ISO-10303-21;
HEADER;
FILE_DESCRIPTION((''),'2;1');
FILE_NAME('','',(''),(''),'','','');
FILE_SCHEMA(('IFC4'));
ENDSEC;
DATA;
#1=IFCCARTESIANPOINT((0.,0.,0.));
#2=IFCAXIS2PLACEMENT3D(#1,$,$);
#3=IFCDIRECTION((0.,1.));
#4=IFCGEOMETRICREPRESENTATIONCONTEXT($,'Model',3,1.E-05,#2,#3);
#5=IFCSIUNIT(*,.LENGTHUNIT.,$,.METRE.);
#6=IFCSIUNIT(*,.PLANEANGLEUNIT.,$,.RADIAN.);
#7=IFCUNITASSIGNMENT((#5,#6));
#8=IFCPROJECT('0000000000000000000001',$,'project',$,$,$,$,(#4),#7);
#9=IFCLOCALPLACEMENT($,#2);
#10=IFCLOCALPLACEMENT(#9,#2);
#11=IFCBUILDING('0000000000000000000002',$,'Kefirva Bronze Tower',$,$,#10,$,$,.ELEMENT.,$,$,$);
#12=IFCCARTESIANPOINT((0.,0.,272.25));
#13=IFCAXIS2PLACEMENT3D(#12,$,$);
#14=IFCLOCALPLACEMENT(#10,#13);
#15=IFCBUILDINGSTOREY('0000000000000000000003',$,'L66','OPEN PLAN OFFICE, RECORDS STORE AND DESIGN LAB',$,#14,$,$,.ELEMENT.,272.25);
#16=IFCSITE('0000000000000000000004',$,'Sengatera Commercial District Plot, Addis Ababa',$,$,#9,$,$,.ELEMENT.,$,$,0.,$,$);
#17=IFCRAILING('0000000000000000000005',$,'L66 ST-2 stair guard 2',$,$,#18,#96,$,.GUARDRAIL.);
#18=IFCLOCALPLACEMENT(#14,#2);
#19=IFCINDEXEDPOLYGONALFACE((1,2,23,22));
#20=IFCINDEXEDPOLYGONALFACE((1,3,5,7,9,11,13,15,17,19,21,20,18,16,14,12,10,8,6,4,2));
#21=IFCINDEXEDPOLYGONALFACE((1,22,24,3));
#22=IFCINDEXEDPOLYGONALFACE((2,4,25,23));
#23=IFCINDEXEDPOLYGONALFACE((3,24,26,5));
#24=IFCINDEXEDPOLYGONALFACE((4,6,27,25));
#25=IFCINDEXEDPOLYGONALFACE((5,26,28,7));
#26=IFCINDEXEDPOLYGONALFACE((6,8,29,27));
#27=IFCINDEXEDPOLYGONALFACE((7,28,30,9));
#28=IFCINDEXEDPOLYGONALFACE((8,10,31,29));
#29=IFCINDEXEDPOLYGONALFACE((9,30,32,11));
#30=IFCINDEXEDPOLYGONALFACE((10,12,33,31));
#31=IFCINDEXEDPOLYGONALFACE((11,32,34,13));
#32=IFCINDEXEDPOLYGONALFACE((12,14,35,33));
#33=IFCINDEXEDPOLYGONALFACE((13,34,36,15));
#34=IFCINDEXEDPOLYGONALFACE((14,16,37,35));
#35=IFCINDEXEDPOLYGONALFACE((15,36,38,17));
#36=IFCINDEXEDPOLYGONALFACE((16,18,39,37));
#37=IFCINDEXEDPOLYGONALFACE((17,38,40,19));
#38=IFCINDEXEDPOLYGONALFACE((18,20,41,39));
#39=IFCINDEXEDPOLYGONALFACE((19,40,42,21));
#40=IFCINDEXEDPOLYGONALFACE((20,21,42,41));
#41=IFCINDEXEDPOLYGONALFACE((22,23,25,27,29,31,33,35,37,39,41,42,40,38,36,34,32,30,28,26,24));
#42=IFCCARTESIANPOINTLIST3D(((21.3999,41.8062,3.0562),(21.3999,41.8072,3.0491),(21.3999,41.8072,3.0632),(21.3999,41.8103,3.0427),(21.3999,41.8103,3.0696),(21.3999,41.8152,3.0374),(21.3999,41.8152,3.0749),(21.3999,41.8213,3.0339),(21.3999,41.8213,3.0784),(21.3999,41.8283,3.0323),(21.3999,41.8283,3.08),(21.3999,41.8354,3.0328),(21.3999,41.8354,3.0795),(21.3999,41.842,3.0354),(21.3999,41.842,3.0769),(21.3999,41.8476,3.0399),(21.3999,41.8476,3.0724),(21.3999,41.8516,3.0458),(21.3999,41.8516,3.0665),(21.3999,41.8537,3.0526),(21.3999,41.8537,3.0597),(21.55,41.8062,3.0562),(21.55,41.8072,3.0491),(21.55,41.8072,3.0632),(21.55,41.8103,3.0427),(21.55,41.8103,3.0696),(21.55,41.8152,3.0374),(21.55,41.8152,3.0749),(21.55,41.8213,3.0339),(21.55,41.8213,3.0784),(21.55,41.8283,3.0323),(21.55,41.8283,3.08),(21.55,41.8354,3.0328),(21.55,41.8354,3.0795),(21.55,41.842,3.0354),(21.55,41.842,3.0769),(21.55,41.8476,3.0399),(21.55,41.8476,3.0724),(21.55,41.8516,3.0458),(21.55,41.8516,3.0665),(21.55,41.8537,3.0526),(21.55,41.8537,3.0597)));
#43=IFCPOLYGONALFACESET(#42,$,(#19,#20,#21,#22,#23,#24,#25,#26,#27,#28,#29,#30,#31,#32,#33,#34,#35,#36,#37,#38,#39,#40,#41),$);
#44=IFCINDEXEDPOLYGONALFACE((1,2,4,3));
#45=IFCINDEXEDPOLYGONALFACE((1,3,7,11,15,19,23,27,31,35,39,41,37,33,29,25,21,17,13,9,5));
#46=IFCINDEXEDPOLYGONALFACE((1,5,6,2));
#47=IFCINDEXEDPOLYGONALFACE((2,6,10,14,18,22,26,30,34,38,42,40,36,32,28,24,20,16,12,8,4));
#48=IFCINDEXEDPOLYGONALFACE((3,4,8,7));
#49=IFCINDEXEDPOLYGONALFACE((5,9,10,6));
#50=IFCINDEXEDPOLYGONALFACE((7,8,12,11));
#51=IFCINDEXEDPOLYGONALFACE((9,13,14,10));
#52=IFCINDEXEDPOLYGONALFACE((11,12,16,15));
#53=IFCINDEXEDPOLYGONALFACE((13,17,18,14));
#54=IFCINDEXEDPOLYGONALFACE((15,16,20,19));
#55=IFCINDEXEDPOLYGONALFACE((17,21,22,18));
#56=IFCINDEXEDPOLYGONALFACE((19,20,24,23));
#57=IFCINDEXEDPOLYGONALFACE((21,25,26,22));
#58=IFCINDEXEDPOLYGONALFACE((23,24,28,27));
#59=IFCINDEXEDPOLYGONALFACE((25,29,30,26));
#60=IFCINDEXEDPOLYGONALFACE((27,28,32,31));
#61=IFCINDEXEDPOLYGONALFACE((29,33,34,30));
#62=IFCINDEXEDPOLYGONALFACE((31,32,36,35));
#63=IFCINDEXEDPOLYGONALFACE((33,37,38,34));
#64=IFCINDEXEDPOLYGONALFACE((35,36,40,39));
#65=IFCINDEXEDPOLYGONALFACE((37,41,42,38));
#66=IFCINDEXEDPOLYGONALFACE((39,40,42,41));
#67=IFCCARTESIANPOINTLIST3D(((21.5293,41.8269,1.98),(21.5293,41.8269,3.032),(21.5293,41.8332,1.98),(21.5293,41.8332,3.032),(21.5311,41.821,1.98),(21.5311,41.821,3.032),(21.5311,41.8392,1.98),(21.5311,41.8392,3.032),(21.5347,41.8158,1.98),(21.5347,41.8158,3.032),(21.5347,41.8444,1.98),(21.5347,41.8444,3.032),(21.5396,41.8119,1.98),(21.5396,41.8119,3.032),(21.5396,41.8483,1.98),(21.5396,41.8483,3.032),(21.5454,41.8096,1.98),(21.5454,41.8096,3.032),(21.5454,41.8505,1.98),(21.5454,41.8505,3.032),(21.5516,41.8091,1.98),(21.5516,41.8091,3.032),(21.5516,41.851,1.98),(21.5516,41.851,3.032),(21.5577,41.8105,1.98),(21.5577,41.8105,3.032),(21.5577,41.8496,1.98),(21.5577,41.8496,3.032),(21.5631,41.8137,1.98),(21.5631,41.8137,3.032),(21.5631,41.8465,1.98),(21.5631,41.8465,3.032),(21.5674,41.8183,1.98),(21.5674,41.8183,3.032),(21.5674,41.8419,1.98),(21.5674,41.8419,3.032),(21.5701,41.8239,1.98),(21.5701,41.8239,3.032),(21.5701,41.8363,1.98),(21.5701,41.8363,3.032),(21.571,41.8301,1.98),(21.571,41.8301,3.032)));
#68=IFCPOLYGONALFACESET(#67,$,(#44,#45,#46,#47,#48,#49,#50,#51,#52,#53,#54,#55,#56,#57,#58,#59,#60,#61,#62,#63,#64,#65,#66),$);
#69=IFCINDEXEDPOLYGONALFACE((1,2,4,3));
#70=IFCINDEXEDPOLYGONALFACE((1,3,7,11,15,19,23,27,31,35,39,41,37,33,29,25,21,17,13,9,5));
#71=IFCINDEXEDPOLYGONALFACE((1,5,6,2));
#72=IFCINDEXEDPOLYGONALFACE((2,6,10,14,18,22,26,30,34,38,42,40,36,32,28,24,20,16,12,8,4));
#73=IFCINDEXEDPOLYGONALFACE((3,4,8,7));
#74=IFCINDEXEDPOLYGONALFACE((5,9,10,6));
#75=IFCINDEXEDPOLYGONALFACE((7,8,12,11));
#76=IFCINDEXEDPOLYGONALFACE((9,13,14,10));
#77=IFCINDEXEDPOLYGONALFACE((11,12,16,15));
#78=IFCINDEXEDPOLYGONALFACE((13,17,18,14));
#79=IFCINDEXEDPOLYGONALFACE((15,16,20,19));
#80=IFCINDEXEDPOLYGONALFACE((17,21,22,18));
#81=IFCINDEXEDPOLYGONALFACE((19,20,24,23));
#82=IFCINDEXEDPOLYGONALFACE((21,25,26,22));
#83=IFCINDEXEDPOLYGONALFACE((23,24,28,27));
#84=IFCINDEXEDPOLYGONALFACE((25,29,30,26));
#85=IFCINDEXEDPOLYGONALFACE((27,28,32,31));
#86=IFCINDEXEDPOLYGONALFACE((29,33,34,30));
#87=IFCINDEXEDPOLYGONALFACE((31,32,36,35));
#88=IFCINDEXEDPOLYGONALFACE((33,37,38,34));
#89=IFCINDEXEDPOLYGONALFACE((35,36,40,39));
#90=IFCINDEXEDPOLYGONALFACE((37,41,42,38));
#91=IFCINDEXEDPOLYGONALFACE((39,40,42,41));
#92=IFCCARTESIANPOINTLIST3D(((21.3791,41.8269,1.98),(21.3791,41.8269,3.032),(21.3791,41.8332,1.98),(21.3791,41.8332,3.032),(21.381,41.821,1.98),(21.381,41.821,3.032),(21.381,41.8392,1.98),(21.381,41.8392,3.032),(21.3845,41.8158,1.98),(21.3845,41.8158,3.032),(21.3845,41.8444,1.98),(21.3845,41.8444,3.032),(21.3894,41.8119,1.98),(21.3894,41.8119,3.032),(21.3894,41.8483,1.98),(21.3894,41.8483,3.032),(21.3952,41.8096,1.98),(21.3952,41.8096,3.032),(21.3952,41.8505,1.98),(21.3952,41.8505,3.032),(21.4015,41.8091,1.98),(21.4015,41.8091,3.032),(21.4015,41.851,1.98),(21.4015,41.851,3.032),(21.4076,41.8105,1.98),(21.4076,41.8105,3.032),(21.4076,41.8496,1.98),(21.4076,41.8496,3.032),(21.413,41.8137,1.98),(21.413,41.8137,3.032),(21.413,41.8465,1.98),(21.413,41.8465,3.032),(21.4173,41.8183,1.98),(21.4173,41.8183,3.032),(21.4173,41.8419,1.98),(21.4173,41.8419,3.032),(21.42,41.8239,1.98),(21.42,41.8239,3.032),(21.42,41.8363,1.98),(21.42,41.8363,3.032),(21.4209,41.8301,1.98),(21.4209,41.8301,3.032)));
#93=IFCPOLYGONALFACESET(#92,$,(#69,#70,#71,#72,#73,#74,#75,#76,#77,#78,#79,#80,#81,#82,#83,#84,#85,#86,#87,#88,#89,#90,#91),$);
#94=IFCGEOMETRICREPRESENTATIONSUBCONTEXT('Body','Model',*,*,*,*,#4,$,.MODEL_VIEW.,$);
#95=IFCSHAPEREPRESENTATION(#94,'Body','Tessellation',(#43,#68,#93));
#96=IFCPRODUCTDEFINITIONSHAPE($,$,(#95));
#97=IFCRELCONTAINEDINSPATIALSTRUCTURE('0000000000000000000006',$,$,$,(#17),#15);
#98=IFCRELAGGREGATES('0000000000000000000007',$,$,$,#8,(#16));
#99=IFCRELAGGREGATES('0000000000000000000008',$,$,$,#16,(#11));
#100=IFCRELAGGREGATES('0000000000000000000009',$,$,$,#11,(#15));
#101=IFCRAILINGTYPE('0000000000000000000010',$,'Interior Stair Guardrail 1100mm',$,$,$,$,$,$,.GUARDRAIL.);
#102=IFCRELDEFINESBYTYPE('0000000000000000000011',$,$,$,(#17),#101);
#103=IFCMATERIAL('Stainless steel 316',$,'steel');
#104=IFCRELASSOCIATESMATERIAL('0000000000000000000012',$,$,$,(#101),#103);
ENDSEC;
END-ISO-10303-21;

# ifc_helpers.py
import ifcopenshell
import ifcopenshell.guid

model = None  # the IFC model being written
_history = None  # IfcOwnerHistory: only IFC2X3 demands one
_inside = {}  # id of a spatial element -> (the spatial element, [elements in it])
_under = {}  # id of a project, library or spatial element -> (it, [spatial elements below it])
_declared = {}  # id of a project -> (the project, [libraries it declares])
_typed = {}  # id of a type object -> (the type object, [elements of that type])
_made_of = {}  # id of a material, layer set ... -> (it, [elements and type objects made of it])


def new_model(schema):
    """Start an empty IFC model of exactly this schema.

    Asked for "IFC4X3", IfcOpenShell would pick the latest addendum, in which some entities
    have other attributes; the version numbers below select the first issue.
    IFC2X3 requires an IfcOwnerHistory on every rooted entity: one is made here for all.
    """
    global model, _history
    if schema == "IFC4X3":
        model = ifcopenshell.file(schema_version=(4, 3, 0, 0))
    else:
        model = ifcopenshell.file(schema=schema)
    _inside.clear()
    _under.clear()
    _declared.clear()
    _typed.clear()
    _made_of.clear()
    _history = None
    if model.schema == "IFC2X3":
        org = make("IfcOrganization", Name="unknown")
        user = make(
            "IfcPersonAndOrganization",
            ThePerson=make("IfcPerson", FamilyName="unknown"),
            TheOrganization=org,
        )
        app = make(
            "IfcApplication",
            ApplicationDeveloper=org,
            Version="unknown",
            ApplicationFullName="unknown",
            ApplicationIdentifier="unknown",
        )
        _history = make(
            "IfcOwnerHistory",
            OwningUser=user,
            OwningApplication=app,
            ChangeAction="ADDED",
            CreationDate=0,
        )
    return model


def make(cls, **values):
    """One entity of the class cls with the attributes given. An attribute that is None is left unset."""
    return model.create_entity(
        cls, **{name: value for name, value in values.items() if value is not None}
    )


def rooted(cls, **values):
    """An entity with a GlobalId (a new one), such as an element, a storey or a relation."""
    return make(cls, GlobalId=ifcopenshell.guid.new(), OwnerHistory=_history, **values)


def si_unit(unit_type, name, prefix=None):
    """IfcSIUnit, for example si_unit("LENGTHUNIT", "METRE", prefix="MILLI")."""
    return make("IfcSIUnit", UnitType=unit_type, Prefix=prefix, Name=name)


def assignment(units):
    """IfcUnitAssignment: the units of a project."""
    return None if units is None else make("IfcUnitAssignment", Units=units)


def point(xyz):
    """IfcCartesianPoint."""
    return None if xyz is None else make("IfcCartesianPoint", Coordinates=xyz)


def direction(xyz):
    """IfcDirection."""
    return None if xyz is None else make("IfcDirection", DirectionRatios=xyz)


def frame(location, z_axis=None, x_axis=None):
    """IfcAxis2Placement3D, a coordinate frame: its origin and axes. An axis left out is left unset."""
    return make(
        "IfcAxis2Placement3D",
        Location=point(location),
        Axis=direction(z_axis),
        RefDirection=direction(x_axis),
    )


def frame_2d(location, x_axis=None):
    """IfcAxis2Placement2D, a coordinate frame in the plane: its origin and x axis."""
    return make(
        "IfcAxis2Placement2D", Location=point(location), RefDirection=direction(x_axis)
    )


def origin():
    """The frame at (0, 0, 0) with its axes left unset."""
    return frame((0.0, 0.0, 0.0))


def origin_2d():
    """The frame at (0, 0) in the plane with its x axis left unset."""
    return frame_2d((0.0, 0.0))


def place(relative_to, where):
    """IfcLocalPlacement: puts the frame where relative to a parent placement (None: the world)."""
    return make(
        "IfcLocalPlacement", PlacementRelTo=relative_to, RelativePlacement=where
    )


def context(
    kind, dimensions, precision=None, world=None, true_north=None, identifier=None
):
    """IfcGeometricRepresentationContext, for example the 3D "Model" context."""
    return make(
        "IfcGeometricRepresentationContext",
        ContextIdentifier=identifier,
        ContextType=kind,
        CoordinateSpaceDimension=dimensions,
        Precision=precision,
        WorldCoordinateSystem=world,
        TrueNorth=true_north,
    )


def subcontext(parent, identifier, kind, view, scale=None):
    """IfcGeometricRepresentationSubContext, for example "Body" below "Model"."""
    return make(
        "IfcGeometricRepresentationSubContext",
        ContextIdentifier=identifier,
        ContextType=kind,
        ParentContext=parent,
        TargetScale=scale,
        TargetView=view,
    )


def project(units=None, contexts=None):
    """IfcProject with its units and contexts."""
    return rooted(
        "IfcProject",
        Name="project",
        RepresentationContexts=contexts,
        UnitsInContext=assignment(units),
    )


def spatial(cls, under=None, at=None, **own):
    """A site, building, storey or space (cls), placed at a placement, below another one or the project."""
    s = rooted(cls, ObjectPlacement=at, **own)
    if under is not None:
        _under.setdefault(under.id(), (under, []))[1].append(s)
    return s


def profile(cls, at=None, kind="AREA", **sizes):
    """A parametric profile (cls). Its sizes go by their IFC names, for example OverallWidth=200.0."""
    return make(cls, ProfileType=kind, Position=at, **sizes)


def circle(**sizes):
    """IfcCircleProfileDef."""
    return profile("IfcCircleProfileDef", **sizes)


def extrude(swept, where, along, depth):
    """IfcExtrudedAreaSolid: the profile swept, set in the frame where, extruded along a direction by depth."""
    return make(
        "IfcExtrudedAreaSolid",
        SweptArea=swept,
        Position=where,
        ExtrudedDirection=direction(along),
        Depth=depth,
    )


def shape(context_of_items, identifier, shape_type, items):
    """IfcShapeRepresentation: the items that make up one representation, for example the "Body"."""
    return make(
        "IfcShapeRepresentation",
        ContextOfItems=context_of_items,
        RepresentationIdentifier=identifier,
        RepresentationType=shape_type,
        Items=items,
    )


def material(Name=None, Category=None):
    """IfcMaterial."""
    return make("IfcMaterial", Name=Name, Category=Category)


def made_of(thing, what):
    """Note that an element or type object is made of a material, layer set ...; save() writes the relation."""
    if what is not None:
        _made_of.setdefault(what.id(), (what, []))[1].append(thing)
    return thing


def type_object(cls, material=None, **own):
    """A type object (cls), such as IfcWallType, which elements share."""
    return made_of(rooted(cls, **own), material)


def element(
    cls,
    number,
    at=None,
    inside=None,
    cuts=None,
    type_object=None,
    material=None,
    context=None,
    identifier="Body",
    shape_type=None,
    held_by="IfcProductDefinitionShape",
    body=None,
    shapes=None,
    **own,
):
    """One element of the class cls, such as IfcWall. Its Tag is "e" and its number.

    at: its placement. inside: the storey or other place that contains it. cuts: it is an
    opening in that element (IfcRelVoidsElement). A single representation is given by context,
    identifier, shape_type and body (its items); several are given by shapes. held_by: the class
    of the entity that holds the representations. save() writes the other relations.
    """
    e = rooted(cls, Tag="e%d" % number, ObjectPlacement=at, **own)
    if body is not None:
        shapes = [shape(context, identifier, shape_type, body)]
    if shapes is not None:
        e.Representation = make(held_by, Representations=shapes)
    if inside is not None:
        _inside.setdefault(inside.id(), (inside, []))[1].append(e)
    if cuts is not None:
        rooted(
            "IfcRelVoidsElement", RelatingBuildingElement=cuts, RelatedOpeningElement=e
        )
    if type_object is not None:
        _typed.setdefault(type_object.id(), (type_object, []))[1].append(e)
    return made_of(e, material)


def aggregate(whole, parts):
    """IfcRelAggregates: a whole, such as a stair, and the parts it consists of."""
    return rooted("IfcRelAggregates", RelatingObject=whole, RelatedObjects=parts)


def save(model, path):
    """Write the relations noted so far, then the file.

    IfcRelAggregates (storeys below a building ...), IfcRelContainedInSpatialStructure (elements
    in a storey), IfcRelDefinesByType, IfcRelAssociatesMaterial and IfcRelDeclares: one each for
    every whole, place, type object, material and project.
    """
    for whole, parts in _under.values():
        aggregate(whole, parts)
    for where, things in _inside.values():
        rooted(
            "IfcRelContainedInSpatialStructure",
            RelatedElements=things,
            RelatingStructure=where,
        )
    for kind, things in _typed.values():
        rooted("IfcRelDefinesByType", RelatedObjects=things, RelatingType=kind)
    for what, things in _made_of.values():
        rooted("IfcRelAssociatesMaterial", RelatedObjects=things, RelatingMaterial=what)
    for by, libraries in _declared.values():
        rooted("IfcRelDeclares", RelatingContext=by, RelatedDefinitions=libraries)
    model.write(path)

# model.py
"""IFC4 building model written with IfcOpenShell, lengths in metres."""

from ifc_helpers import new_model, si_unit, direction, frame, origin, origin_2d, place, context, subcontext, project, spatial, circle, extrude, material, type_object, element, save


model = new_model("IFC4")

# Units and contexts
model_context = context("Model", 3, precision=1e-05, world=origin(), true_north=direction((0.0, 1.0)))
body_context = subcontext(model_context, "Body", "Model", "MODEL_VIEW")
ifc_project = project(units=[si_unit("LENGTHUNIT", "METRE"), si_unit("PLANEANGLEUNIT", "RADIAN")], contexts=[model_context])

# Site, building, storey
site_placement = place(None, origin())
site = spatial("IfcSite", under=ifc_project, at=site_placement, Name="Sengatera Commercial District Plot, Addis Ababa", CompositionType="ELEMENT", RefElevation=0.0)
building_placement = place(site_placement, origin())
building = spatial("IfcBuilding", under=site, at=building_placement, Name="Kefirva Bronze Tower", CompositionType="ELEMENT")
storey_placement = place(building_placement, frame((0.0, 0.0, 272.25)))
storey = spatial("IfcBuildingStorey", under=building, at=storey_placement, Name="L66", Description="OPEN PLAN OFFICE, RECORDS STORE AND DESIGN LAB", CompositionType="ELEMENT", Elevation=272.25)

# Railing
ifc_material_1 = material(Name="Stainless steel 316", Category="steel")
railing_type_1 = type_object("IfcRailingType", Name="Interior Stair Guardrail 1100mm", PredefinedType="GUARDRAIL", material=ifc_material_1)
railing_1_placement = place(storey_placement, frame((21.55, 41.8301, 1.98)))
element("IfcRailing", 1, at=railing_1_placement, inside=storey, type_object=railing_type_1, Name="L66 ST-2 stair guard 2", PredefinedType="GUARDRAIL", context=body_context, shape_type="SweptSolid", body=[
    extrude(circle(Radius=0.0239, at=origin_2d()), frame((0.0, 0.0, 1.0762), z_axis=(-1.0, 0.0, 0.0), x_axis=(0.0, -1.0, 0.0)), (0.0, 0.0, 1.0), 0.1501),
    extrude(circle(Radius=0.021, at=origin_2d()), origin(), (0.0, 0.0, 1.0), 1.052),
    extrude(circle(Radius=0.021, at=origin_2d()), frame((-0.1501, 0.0, 0.0)), (0.0, 0.0, 1.0), 1.052),
])

save(model, "model.ifc")
